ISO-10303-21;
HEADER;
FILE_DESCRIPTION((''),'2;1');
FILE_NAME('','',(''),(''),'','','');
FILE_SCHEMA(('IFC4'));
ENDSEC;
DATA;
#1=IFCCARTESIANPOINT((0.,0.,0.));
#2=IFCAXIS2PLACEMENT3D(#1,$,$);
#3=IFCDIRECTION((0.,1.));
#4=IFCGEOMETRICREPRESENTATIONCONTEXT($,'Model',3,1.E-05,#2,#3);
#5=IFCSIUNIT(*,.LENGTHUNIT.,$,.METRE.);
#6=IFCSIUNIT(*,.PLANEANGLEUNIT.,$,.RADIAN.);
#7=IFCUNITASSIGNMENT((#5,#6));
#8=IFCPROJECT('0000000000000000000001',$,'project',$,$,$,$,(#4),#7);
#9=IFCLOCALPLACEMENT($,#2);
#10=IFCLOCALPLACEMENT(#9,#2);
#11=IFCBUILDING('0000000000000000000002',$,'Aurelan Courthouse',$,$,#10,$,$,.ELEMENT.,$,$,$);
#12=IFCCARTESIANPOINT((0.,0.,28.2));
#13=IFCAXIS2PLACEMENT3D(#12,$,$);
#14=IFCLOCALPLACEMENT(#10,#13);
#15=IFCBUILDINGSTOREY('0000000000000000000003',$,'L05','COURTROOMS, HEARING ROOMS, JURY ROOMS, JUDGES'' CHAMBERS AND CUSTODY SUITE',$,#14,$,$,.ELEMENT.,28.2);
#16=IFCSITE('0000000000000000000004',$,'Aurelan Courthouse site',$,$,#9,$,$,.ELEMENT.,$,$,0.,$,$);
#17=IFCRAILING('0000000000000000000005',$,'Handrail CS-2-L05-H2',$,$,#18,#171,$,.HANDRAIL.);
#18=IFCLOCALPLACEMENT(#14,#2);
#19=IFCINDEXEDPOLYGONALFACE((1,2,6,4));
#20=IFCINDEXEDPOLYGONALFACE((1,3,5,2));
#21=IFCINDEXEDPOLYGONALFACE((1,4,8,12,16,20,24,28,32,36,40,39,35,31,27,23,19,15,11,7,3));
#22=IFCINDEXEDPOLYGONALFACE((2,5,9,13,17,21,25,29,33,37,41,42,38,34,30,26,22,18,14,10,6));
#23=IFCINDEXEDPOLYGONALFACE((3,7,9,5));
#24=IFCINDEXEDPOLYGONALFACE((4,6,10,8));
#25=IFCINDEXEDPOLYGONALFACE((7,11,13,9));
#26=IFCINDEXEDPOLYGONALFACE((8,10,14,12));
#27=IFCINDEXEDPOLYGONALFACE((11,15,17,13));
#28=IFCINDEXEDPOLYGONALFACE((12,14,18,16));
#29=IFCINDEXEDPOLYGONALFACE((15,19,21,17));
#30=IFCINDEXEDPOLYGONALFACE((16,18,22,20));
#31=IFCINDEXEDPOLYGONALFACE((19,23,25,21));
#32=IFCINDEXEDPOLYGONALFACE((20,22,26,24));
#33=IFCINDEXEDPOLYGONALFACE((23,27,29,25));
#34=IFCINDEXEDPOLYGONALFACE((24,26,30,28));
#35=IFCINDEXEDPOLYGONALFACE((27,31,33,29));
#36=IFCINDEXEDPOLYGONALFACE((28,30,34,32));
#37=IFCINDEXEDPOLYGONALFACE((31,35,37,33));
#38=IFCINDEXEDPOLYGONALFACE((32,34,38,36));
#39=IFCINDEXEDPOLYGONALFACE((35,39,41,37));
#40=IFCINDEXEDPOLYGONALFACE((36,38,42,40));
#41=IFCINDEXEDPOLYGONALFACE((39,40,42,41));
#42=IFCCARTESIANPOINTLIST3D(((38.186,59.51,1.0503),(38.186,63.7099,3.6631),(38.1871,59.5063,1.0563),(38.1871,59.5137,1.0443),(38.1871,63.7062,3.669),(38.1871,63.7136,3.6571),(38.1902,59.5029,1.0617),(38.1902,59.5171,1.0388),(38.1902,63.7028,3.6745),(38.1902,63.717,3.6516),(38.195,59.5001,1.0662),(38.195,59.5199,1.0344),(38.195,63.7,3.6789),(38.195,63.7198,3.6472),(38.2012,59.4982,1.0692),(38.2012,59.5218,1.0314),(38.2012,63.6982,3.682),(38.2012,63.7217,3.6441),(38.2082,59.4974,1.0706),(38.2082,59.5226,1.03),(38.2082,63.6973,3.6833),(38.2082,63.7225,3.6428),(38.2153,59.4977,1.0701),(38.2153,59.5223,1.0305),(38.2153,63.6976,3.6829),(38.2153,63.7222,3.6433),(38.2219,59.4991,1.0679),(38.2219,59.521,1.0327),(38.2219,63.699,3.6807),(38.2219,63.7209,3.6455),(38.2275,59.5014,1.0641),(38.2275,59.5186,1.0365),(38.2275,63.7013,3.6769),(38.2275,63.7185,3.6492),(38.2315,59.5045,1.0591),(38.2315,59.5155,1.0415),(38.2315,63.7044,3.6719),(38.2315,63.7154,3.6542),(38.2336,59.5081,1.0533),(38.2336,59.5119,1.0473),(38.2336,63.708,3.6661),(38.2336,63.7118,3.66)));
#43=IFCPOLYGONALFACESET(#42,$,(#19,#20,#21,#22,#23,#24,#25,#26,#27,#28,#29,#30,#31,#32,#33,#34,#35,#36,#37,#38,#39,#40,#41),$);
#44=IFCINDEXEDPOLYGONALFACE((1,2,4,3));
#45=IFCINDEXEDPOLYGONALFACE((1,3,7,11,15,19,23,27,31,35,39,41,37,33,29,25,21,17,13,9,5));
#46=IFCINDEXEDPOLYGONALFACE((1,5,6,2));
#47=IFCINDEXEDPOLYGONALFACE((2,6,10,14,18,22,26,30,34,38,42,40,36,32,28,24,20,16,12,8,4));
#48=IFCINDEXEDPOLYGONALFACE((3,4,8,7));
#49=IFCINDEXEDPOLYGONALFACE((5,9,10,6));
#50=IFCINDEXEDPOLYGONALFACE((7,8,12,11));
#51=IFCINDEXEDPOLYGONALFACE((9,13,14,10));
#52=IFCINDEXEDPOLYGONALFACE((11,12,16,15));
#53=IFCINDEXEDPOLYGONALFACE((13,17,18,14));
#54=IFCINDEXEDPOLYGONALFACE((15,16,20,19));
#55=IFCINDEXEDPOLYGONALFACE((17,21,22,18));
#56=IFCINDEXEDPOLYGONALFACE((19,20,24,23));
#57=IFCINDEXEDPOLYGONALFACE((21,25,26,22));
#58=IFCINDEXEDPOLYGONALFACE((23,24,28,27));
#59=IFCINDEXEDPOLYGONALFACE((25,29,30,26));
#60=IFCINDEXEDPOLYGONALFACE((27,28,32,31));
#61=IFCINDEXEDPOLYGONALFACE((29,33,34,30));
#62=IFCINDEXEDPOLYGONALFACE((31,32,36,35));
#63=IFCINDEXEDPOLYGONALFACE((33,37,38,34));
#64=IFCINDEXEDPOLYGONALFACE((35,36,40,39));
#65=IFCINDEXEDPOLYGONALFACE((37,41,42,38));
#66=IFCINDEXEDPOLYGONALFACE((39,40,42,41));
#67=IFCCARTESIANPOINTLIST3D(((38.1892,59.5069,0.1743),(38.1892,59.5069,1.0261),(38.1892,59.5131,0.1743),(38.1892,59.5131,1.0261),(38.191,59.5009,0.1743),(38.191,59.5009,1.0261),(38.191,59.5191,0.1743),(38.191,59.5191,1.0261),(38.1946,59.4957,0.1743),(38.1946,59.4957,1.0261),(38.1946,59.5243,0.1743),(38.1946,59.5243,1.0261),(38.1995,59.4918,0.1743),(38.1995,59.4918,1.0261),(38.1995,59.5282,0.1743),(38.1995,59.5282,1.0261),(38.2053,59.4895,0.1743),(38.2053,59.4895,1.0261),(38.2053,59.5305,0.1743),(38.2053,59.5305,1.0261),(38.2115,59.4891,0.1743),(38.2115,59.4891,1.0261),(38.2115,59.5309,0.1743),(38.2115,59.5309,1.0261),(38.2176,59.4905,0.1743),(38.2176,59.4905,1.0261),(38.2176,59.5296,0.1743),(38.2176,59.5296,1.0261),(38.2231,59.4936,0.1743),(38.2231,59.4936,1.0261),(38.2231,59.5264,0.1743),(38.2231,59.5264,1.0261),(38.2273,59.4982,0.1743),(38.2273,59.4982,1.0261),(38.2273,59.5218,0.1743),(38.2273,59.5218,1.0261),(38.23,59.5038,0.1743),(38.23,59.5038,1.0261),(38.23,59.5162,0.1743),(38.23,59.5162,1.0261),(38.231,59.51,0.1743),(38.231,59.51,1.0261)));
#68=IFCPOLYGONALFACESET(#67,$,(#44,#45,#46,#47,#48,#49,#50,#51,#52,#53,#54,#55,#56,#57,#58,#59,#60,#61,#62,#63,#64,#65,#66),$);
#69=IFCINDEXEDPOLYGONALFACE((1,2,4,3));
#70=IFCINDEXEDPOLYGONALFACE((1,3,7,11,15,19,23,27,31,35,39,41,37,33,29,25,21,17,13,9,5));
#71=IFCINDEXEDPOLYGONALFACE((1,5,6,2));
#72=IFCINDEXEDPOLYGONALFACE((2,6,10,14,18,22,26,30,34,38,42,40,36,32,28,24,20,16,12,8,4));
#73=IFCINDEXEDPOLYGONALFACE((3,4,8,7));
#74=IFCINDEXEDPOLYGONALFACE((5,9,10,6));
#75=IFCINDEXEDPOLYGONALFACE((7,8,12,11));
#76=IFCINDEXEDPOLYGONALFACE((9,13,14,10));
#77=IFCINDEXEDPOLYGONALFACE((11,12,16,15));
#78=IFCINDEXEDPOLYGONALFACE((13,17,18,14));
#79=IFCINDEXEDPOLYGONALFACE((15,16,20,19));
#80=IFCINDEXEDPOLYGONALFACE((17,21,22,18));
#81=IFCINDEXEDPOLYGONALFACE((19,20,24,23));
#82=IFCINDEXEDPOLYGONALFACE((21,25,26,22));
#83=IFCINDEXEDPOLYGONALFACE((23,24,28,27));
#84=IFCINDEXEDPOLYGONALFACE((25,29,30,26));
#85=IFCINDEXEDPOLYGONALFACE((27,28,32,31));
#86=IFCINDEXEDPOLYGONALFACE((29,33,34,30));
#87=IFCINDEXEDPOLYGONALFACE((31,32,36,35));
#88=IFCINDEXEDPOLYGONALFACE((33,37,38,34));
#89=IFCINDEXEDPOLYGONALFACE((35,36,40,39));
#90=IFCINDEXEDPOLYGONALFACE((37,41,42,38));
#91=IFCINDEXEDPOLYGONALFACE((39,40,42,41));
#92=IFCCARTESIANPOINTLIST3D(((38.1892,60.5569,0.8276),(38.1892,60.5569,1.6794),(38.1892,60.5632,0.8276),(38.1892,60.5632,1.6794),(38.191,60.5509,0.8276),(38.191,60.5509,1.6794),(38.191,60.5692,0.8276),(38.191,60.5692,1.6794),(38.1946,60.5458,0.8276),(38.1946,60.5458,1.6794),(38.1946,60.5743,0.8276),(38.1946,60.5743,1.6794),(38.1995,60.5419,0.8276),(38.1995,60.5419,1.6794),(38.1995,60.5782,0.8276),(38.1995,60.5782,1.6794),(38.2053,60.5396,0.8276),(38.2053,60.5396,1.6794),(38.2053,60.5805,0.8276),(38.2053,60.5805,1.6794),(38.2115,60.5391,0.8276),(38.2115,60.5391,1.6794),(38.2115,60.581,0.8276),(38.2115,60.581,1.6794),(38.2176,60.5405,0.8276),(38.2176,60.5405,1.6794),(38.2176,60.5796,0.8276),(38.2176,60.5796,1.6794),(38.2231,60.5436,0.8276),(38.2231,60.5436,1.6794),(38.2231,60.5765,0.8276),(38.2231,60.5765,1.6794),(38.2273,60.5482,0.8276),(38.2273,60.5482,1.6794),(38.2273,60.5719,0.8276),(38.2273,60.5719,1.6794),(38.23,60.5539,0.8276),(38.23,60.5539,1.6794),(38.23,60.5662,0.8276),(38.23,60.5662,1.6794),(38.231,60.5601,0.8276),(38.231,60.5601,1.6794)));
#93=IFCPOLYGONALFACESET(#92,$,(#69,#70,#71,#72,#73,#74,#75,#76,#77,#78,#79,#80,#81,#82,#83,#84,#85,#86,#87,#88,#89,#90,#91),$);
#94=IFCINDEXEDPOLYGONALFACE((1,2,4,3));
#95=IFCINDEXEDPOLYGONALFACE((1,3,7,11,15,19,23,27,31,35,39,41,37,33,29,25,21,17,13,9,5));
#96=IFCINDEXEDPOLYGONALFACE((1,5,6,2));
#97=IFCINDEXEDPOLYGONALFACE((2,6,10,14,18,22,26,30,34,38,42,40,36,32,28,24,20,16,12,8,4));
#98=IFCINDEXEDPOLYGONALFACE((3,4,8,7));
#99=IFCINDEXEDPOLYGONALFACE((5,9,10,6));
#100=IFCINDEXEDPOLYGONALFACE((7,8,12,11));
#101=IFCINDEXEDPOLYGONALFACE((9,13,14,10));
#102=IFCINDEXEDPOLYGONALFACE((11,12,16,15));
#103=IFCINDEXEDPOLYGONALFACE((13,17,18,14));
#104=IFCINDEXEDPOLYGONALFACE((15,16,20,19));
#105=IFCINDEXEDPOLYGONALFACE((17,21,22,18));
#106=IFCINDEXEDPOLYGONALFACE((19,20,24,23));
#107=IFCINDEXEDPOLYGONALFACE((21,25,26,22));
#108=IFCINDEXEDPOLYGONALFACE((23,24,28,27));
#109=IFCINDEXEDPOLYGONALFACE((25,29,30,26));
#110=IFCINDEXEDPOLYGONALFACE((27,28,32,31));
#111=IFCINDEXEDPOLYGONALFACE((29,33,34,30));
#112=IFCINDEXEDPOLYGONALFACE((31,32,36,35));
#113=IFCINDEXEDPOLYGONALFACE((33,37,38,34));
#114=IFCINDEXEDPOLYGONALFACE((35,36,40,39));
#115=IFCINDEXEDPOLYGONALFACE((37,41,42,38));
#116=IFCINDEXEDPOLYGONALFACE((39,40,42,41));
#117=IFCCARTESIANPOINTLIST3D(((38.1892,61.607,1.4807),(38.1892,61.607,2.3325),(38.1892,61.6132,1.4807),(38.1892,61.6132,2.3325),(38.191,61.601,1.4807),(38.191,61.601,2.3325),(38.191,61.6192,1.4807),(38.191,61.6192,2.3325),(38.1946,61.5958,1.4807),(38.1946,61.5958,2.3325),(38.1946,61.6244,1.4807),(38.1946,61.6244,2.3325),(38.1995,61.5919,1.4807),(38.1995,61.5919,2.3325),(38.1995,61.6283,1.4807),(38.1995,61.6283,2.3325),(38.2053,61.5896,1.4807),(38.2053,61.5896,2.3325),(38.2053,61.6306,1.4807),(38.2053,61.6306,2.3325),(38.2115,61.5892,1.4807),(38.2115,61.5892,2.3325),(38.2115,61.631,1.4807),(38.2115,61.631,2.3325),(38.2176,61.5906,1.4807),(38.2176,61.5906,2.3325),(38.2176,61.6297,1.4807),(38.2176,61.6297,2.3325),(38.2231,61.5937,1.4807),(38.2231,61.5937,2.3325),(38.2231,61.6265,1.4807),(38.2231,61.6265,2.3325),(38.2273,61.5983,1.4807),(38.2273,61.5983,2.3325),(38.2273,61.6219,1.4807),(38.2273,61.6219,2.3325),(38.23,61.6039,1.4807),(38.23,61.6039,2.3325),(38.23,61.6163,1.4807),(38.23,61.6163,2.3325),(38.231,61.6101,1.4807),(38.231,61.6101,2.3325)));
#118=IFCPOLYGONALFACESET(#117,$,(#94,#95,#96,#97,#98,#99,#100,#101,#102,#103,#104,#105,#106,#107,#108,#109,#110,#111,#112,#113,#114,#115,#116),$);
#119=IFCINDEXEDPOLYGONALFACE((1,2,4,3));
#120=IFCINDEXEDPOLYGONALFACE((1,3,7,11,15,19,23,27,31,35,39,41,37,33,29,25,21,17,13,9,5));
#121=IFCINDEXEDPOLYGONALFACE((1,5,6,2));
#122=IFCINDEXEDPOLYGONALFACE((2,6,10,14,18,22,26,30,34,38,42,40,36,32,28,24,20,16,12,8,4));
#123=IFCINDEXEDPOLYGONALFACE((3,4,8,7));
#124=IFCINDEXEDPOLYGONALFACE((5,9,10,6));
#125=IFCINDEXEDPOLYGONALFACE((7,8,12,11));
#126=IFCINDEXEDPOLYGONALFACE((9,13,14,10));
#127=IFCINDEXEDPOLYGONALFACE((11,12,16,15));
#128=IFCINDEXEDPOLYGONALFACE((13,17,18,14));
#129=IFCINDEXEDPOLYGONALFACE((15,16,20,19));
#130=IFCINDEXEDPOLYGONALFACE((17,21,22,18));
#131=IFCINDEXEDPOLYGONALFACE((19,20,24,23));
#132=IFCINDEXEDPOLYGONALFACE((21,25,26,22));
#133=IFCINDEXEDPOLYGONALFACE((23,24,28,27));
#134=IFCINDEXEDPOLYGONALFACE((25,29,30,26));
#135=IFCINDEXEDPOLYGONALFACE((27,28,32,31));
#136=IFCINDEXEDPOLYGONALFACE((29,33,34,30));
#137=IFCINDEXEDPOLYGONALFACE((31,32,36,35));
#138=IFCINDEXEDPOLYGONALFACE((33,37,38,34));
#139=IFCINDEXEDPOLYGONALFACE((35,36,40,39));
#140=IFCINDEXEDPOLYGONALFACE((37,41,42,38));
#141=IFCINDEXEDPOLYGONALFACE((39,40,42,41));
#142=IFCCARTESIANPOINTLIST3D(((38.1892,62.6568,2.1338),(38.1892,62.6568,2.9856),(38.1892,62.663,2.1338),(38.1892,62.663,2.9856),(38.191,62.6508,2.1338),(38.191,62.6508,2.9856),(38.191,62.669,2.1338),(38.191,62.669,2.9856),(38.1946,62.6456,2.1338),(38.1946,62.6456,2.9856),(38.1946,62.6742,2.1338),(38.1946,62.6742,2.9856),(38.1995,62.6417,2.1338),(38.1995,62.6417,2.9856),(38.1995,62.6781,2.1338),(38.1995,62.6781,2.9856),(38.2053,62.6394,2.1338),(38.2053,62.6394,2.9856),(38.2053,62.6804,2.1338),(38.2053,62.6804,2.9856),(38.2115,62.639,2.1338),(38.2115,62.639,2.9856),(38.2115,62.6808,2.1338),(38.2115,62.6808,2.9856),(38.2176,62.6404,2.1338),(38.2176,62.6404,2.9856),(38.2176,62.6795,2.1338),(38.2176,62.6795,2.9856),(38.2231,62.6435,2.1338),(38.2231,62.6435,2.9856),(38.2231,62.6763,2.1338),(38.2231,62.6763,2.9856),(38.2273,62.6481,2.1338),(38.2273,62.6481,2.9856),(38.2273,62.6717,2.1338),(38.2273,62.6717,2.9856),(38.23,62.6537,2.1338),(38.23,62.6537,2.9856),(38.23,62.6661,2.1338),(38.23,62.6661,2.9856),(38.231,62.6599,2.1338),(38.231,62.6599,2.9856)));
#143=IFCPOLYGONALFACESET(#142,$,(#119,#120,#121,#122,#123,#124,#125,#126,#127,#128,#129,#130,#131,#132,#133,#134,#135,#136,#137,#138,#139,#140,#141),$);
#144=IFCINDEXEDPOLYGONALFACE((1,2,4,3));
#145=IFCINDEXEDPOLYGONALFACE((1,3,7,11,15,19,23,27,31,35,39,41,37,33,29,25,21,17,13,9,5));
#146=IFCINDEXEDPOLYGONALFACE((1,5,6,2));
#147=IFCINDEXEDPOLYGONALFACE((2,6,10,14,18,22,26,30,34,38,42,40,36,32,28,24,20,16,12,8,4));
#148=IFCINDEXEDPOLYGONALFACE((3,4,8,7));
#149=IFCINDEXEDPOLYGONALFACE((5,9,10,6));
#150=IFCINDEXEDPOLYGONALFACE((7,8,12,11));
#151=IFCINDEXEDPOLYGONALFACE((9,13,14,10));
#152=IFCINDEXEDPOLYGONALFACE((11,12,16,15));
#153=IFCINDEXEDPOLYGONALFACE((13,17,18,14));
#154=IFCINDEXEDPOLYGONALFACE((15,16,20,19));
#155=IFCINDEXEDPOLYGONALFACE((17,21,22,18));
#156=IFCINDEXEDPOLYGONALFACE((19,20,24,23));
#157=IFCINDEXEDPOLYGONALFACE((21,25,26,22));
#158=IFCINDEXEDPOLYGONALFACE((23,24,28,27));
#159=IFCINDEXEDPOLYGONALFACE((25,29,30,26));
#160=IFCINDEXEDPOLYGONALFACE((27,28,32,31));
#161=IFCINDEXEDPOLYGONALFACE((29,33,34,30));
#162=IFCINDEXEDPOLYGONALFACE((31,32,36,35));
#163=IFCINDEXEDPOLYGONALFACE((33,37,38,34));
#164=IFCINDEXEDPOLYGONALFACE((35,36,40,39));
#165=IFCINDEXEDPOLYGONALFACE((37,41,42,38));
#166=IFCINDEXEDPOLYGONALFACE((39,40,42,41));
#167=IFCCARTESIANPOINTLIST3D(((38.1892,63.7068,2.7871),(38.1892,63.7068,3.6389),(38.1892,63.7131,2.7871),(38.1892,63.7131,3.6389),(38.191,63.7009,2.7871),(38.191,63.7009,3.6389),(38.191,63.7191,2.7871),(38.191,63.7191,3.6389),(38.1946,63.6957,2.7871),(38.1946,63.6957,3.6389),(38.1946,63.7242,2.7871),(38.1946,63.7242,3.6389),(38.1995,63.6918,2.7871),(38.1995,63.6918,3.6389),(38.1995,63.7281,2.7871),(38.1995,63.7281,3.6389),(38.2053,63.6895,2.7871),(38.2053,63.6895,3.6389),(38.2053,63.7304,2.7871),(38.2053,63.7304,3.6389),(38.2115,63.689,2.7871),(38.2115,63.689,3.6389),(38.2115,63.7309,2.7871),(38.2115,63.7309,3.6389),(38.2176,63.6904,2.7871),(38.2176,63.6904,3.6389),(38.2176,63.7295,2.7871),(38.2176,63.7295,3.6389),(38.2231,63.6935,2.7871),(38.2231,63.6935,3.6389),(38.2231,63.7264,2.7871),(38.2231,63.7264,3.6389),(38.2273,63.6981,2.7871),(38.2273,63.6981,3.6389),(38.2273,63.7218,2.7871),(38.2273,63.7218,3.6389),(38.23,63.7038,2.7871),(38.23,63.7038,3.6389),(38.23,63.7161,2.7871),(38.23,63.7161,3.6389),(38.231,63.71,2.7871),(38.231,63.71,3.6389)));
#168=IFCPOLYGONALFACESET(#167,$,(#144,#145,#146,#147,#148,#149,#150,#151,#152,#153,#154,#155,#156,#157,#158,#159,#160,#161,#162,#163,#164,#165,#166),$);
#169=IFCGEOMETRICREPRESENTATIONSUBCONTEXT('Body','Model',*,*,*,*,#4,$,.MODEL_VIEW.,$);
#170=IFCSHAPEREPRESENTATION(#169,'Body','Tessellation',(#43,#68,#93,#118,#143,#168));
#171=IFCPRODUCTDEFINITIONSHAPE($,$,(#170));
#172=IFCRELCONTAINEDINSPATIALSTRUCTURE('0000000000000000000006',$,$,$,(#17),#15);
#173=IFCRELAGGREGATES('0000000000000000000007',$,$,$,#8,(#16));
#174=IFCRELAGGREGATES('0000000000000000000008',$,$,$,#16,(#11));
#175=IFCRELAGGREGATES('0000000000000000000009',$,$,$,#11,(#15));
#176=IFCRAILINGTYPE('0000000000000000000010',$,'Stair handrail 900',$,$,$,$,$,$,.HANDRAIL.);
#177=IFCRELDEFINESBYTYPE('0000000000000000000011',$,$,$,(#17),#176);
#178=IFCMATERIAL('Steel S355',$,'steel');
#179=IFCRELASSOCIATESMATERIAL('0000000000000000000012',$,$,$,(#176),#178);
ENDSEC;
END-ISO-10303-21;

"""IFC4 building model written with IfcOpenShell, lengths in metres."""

from ifc_helpers import new_model, si_unit, direction, frame, origin, origin_2d, place, context, subcontext, project, spatial, circle, extrude, material, type_object, element, save


model = new_model("IFC4")

# Units and contexts
model_context = context("Model", 3, precision=1e-05, world=origin(), true_north=direction((0.0, 1.0)))
body_context = subcontext(model_context, "Body", "Model", "MODEL_VIEW")
ifc_project = project(units=[si_unit("LENGTHUNIT", "METRE"), si_unit("PLANEANGLEUNIT", "RADIAN")], contexts=[model_context])

# Site, building, storey
site_placement = place(None, origin())
site = spatial("IfcSite", under=ifc_project, at=site_placement, Name="Aurelan Courthouse site", CompositionType="ELEMENT", RefElevation=0.0)
building_placement = place(site_placement, origin())
building = spatial("IfcBuilding", under=site, at=building_placement, Name="Aurelan Courthouse", CompositionType="ELEMENT")
storey_placement = place(building_placement, frame((0.0, 0.0, 28.2)))
storey = spatial("IfcBuildingStorey", under=building, at=storey_placement, Name="L05", Description="COURTROOMS, HEARING ROOMS, JURY ROOMS, JUDGES' CHAMBERS AND CUSTODY SUITE", CompositionType="ELEMENT", Elevation=28.2)

# Railing
ifc_material_1 = material(Name="Steel S355", Category="steel")
railing_type = type_object("IfcRailingType", Name="Stair handrail 900", PredefinedType="HANDRAIL", material=ifc_material_1)
for number, where, name in (
    (1, (38.21, 59.51, 0.1743), "Handrail CS-2-L05-H2"),
):
    element("IfcRailing", number, at=place(storey_placement, frame(where)), inside=storey, type_object=railing_type, Name=name, PredefinedType="HANDRAIL", context=body_context, shape_type="SweptSolid", body=[
        extrude(circle(Radius=0.0239, at=origin_2d()), frame((0.0, 0.0, 0.876), z_axis=(0.0, 0.849103, 0.528228), x_axis=(-1.0, 0.0, 0.0)), (0.0, 0.0, 1.0), 4.9463),
        extrude(circle(Radius=0.021, at=origin_2d()), origin(), (0.0, 0.0, 1.0), 0.8518),
        extrude(circle(Radius=0.021, at=origin_2d()), frame((0.0, 1.05, 0.6533)), (0.0, 0.0, 1.0), 0.8518),
        extrude(circle(Radius=0.021, at=origin_2d()), frame((0.0, 2.1001, 1.3064)), (0.0, 0.0, 1.0), 0.8518),
        extrude(circle(Radius=0.021, at=origin_2d()), frame((0.0, 3.1499, 1.9595)), (0.0, 0.0, 1.0), 0.8518),
        extrude(circle(Radius=0.021, at=origin_2d()), frame((0.0, 4.2, 2.6128)), (0.0, 0.0, 1.0), 0.8518),
    ])

save(model, "model.ifc")
